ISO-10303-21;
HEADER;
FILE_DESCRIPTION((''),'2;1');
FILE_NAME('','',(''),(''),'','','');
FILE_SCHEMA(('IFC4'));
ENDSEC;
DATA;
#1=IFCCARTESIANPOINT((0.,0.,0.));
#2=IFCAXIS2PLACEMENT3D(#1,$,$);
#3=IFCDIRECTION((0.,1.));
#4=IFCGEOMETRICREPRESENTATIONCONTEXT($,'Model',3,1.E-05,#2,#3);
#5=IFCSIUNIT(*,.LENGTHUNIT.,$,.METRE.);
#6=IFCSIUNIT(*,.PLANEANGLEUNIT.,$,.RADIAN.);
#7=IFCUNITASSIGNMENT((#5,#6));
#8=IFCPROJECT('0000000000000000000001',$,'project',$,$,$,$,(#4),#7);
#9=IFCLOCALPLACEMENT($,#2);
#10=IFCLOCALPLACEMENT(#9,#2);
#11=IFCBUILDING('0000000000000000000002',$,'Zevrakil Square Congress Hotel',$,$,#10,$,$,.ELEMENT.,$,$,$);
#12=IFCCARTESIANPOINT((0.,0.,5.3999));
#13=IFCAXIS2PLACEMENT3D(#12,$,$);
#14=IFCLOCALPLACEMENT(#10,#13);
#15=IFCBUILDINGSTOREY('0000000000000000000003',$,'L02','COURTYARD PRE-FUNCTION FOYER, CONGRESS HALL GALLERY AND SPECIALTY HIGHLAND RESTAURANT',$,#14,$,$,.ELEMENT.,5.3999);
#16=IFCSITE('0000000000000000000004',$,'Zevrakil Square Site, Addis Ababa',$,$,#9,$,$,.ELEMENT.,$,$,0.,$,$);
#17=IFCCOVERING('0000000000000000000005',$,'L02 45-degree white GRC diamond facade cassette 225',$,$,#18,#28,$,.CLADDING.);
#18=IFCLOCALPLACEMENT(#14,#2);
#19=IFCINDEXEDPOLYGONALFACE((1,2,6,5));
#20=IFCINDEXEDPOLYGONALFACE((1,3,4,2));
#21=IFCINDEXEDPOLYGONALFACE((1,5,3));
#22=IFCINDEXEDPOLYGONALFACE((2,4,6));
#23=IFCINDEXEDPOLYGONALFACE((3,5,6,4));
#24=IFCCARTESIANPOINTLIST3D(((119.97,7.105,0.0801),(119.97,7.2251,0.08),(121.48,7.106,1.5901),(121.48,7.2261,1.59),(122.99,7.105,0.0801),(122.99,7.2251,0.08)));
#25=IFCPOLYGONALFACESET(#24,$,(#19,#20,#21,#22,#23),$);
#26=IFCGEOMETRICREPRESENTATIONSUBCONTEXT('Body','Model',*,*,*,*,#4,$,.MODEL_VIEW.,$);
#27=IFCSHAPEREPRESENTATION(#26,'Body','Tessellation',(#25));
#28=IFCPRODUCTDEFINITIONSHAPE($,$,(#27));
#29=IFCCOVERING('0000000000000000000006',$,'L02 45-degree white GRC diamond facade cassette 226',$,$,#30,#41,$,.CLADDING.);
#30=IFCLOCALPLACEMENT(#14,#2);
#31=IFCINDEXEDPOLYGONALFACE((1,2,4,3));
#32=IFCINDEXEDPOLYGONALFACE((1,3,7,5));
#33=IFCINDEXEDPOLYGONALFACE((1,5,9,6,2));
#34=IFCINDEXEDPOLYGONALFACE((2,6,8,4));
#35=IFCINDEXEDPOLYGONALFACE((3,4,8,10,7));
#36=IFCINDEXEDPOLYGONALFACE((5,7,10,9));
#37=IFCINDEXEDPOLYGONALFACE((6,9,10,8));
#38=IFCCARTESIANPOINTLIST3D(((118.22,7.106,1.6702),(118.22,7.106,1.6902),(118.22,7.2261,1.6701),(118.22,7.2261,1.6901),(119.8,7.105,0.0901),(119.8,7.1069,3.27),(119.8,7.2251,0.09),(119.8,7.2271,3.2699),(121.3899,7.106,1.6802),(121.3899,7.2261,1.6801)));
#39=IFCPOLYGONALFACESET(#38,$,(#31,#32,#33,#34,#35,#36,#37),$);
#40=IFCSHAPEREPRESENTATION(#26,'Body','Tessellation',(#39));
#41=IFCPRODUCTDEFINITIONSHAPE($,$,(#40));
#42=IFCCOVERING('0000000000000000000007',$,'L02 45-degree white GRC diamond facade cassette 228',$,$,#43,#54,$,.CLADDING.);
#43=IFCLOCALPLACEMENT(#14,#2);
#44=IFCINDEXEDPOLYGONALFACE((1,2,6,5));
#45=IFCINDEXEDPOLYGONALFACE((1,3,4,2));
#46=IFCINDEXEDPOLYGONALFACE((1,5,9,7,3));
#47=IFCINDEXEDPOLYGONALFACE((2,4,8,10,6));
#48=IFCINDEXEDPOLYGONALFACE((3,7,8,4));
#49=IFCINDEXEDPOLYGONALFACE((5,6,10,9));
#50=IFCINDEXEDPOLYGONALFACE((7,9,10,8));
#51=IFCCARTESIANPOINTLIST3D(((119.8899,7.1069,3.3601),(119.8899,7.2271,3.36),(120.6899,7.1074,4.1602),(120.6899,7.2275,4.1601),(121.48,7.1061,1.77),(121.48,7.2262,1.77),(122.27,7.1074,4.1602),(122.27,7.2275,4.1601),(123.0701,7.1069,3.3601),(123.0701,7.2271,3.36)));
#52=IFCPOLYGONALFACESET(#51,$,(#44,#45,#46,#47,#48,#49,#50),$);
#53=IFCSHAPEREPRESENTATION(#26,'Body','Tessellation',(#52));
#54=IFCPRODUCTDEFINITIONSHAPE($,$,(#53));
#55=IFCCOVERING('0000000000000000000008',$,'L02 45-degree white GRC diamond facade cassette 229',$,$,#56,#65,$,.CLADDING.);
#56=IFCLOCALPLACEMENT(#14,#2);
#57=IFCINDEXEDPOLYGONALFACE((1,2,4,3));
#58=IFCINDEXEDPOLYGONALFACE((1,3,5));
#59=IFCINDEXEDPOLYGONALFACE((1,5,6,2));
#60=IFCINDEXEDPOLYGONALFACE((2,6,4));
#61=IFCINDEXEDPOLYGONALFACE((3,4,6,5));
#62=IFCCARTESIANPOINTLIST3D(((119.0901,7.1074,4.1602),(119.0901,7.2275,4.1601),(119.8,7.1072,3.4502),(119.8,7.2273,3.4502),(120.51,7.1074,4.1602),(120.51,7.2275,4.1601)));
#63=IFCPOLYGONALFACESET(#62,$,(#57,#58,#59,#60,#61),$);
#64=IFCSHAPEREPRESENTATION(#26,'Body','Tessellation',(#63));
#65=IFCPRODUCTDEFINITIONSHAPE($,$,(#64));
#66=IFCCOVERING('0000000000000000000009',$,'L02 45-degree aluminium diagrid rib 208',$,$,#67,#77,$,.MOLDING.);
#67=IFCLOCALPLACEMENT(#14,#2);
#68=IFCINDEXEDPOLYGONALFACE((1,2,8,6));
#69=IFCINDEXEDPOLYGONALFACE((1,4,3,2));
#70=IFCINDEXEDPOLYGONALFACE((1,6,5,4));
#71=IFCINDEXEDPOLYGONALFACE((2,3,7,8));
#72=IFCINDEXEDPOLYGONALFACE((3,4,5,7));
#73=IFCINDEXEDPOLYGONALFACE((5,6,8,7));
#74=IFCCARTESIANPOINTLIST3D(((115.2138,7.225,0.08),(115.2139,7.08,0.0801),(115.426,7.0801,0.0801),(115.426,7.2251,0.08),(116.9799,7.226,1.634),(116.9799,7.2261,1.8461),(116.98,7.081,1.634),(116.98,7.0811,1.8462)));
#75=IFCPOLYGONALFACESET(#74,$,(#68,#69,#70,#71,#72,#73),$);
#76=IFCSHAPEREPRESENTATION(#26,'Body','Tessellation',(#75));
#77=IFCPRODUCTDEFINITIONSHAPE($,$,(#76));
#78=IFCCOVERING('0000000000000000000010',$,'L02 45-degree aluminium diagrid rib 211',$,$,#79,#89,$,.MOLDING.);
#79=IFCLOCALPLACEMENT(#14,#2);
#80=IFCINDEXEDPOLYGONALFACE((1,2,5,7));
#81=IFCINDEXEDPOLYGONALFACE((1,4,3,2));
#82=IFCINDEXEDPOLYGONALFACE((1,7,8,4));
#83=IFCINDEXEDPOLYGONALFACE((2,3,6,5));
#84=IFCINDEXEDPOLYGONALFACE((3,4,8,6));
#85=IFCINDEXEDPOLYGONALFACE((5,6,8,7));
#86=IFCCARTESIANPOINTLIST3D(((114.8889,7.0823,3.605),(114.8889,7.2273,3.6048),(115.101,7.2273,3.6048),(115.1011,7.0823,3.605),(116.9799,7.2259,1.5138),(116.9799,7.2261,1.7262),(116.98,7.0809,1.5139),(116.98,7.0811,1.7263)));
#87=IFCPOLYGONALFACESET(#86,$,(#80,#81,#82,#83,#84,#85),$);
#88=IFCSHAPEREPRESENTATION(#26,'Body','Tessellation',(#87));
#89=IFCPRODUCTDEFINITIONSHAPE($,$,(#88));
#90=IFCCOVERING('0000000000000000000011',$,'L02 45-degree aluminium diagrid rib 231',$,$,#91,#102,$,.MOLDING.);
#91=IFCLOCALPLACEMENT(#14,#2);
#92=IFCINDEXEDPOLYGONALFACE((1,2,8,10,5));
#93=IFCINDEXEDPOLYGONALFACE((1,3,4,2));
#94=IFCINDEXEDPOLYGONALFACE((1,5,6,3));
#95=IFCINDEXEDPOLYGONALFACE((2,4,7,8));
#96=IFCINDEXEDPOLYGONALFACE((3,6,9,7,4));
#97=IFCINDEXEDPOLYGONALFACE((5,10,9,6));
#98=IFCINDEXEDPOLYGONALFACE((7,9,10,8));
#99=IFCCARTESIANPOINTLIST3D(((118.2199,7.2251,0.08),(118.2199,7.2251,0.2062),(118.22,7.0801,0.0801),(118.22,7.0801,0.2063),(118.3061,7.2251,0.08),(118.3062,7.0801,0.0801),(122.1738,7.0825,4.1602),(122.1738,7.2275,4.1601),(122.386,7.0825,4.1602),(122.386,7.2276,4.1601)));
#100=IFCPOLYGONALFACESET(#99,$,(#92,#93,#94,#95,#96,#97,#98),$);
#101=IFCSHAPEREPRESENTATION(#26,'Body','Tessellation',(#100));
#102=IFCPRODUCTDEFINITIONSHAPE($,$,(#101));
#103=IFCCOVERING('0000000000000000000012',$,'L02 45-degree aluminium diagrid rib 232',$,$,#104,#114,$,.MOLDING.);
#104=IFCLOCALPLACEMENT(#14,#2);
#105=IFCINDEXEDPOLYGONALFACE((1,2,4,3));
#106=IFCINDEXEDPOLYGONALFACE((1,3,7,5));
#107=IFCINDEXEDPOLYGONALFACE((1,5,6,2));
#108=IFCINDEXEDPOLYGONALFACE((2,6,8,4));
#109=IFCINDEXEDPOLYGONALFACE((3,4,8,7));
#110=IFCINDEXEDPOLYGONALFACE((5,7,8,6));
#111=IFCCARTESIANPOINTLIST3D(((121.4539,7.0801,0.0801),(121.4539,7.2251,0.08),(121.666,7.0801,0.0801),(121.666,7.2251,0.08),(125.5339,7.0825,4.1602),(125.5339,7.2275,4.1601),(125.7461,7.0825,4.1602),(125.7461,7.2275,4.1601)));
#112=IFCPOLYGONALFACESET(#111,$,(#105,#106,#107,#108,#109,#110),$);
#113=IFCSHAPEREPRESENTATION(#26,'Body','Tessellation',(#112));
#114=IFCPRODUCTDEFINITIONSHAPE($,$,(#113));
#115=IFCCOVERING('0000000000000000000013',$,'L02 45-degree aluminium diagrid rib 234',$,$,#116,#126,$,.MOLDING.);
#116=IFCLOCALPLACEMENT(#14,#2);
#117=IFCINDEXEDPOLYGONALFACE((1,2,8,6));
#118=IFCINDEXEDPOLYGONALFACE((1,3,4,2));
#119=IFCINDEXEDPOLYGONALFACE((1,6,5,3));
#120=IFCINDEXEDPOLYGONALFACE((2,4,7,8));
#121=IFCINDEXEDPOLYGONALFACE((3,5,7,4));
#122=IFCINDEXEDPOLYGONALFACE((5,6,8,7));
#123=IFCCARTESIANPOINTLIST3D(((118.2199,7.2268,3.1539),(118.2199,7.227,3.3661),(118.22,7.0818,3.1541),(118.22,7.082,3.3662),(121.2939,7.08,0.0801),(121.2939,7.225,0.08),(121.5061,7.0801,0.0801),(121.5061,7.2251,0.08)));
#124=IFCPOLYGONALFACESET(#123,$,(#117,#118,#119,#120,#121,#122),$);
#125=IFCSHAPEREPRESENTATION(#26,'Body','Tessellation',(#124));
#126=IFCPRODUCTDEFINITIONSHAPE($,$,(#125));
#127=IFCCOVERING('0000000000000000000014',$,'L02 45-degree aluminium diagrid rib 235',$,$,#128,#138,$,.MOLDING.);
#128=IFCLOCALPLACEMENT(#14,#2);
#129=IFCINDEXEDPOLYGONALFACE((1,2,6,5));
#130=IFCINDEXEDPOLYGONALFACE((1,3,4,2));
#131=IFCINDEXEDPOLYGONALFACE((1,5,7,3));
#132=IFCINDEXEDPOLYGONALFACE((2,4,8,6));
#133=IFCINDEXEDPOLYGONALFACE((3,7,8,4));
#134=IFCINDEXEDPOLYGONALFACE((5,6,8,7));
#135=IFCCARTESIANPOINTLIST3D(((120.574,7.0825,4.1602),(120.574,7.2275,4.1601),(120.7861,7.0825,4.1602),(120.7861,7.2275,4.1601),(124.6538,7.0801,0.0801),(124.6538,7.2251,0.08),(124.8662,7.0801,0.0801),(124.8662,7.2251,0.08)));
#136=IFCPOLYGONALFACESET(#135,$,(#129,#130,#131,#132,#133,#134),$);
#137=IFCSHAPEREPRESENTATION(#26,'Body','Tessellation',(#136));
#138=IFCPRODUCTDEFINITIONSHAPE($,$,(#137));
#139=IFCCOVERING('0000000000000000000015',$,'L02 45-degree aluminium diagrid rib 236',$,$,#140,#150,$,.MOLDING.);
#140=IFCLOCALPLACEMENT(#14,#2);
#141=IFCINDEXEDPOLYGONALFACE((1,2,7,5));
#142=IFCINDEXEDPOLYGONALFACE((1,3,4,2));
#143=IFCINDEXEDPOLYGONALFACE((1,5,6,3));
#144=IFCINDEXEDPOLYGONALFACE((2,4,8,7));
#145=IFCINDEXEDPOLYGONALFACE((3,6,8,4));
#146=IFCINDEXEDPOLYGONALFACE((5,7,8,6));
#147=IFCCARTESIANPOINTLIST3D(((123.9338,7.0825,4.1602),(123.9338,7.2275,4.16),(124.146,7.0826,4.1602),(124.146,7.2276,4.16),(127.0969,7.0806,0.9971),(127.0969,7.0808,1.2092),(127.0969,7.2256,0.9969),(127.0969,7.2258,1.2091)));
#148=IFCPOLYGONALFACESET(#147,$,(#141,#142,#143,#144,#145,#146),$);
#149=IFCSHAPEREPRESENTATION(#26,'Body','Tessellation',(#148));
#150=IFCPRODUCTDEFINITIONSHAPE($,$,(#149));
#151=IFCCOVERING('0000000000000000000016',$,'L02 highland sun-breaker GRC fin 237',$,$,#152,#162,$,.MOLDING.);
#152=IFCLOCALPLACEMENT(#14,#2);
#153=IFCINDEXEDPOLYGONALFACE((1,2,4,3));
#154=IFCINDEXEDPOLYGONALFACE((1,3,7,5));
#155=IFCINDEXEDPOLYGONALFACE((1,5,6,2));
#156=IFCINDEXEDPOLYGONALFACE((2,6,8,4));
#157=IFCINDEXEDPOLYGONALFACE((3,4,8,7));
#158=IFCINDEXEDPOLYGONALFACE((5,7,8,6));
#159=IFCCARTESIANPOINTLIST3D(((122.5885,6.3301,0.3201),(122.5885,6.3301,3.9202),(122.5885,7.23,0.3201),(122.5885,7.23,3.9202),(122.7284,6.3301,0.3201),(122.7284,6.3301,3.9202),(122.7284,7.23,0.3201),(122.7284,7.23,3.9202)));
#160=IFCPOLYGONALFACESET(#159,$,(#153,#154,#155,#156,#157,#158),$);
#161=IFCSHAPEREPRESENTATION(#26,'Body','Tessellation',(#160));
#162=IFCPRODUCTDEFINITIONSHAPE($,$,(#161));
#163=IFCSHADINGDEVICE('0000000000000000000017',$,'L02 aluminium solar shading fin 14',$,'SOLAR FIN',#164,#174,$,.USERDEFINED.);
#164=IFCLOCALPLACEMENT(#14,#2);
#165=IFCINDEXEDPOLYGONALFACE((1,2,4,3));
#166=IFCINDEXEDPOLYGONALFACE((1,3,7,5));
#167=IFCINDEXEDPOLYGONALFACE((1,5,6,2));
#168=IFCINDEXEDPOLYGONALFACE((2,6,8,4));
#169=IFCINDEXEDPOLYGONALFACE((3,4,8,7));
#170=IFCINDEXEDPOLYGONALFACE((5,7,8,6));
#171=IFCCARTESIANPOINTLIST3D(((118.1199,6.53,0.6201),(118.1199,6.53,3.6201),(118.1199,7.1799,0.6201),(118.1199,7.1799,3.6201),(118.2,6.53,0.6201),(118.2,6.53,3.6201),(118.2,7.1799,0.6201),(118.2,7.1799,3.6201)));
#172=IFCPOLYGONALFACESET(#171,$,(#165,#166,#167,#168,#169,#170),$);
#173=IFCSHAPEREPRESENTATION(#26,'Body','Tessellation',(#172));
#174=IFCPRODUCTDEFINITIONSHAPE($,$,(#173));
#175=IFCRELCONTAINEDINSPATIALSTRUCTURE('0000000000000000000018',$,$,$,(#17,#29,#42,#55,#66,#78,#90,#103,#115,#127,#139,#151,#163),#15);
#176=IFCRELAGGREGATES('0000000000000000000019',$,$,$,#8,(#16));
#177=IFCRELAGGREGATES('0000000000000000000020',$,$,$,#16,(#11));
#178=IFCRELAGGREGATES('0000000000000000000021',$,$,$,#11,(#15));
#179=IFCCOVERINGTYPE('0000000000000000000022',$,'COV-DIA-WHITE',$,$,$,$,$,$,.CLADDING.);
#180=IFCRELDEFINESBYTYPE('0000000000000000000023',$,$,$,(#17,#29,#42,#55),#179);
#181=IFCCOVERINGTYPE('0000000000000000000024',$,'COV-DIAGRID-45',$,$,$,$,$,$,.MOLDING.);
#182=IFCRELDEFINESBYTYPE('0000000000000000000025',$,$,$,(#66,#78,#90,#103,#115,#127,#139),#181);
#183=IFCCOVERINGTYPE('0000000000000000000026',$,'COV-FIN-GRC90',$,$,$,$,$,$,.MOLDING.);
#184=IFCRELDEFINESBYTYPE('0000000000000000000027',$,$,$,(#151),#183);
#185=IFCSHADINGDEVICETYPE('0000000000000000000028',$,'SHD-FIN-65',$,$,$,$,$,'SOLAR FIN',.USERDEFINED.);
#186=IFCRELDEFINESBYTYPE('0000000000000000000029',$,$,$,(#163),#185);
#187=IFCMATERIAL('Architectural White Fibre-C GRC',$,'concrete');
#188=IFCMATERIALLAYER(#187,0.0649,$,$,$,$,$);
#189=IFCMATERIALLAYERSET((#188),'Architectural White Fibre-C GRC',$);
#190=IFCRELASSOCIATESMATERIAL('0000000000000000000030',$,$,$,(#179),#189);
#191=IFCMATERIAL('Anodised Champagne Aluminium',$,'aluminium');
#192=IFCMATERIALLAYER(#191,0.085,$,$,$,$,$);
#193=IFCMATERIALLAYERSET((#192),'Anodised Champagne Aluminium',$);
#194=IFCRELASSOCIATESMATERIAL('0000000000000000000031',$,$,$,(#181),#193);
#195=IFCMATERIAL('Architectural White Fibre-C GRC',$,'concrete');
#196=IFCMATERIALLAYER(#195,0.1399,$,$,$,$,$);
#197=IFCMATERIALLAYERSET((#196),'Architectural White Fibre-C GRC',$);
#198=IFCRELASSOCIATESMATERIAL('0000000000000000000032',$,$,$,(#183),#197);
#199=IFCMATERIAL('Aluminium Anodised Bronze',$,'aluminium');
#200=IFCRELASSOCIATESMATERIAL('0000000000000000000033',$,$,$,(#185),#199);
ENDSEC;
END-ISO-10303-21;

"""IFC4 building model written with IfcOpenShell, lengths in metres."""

from ifc_helpers import new_model, si_unit, direction, frame, origin, origin_2d, place, context, subcontext, project, spatial, polyline, rectangle, outline, extrude, material, layer, layer_set, type_object, element, save


model = new_model("IFC4")

# Units and contexts
model_context = context("Model", 3, precision=1e-05, world=origin(), true_north=direction((0.0, 1.0)))
body_context = subcontext(model_context, "Body", "Model", "MODEL_VIEW")
ifc_project = project(units=[si_unit("LENGTHUNIT", "METRE"), si_unit("PLANEANGLEUNIT", "RADIAN")], contexts=[model_context])

# Site, building, storey
site_placement = place(None, origin())
site = spatial("IfcSite", under=ifc_project, at=site_placement, Name="Zevrakil Square Site, Addis Ababa", CompositionType="ELEMENT", RefElevation=0.0)
building_placement = place(site_placement, origin())
building = spatial("IfcBuilding", under=site, at=building_placement, Name="Zevrakil Square Congress Hotel", CompositionType="ELEMENT")
storey_placement = place(building_placement, frame((0.0, 0.0, 5.3999)))
storey = spatial("IfcBuildingStorey", under=building, at=storey_placement, Name="L02", Description="COURTYARD PRE-FUNCTION FOYER, CONGRESS HALL GALLERY AND SPECIALTY HIGHLAND RESTAURANT", CompositionType="ELEMENT", Elevation=5.3999)

# Coverings
ifc_material_1 = material(Name="Architectural White Fibre-C GRC", Category="concrete")
ifc_layer_1 = layer(ifc_material_1, 0.0649)
ifc_layer_set_1 = layer_set([ifc_layer_1], Name="Architectural White Fibre-C GRC")
covering_type_1 = type_object("IfcCoveringType", Name="COV-DIA-WHITE", PredefinedType="CLADDING", material=ifc_layer_set_1)
covering_1_placement = place(storey_placement, frame((121.48, 7.106, 1.5901), z_axis=(0.0, -1.0, 0.000647), x_axis=(0.707107, -0.000457, -0.707107)))
element("IfcCovering", 1, at=covering_1_placement, inside=storey, type_object=covering_type_1, Name="L02 45-degree white GRC diamond facade cassette 225", PredefinedType="CLADDING", context=body_context, shape_type="SweptSolid", body=[
    extrude(outline(polyline([(0.0, 0.0), (2.1355, 0.0), (0.0, -2.1355), (0.0, 0.0)])), origin(), (0.0, 0.0, -1.0), 0.1201),
])
covering_2_placement = place(storey_placement, frame((119.8, 7.1069, 3.27), z_axis=(0.0, -1.0, 0.000612), x_axis=(0.707107, -0.000433, -0.707107)))
element("IfcCovering", 2, at=covering_2_placement, inside=storey, type_object=covering_type_1, Name="L02 45-degree white GRC diamond facade cassette 226", PredefinedType="CLADDING", context=body_context, shape_type="SweptSolid", body=[
    extrude(outline(polyline([(0.0, 0.0), (2.2484, 0.0), (2.2486, -2.2486), (0.014, -2.2486), (-0.0002, -2.2344), (0.0, 0.0)])), origin(), (0.0, 0.0, -1.0), 0.1201),
])
covering_3_placement = place(storey_placement, frame((123.0701, 7.1069, 3.3601), z_axis=(0.0, -1.0, 0.000525), x_axis=(-0.707107, -0.000371, -0.707107)))
element("IfcCovering", 3, at=covering_3_placement, inside=storey, type_object=covering_type_1, Name="L02 45-degree white GRC diamond facade cassette 228", PredefinedType="CLADDING", context=body_context, shape_type="SweptSolid", body=[
    extrude(outline(polyline([(0.0, 0.0), (2.2487, 0.0), (2.2487, -2.2487), (1.1173, -2.2487), (0.0, -1.1314), (0.0, 0.0)])), origin(), (0.0, 0.0, -1.0), 0.1201),
])
covering_4_placement = place(storey_placement, frame((119.8, 7.1072, 3.4502), z_axis=(0.0, -1.0, 0.000344), x_axis=(-0.707107, 0.000243, 0.707107)))
element("IfcCovering", 4, at=covering_4_placement, inside=storey, type_object=covering_type_1, Name="L02 45-degree white GRC diamond facade cassette 229", PredefinedType="CLADDING", context=body_context, shape_type="SweptSolid", body=[
    extrude(outline(polyline([(0.0, 0.0), (1.004, 0.0), (0.0, -1.004), (0.0, 0.0)])), origin(), (0.0, 0.0, -1.0), 0.1201),
])
ifc_material_2 = material(Name="Anodised Champagne Aluminium", Category="aluminium")
ifc_layer_2 = layer(ifc_material_2, 0.085)
ifc_layer_set_2 = layer_set([ifc_layer_2], Name="Anodised Champagne Aluminium")
covering_type_2 = type_object("IfcCoveringType", Name="COV-DIAGRID-45", PredefinedType="MOLDING", material=ifc_layer_set_2)
covering_5_placement = place(storey_placement, frame((115.426, 7.0801, 0.0801), z_axis=(0.000294, -1.0, 0.000294), x_axis=(-1.0, -0.000294, 0.0)))
element("IfcCovering", 5, at=covering_5_placement, inside=storey, type_object=covering_type_2, Name="L02 45-degree aluminium diagrid rib 208", PredefinedType="MOLDING", context=body_context, shape_type="SweptSolid", body=[
    extrude(outline(polyline([(0.0, 0.0), (0.2122, 0.0), (-1.554, -1.7661), (-1.554, -1.554), (0.0, 0.0)])), origin(), (0.0, 0.0, -1.0), 0.145),
])
covering_6_placement = place(storey_placement, frame((114.8889, 7.0823, 3.605), z_axis=(0.000237, -1.0, 0.000913), x_axis=(1.0, 0.000237, 0.0)))
element("IfcCovering", 6, at=covering_6_placement, inside=storey, type_object=covering_type_2, Name="L02 45-degree aluminium diagrid rib 211", PredefinedType="MOLDING", context=body_context, shape_type="SweptSolid", body=[
    extrude(outline(polyline([(0.0, 0.0), (0.2122, 0.0), (2.0911, -1.8787), (2.0911, -2.0911), (0.0, 0.0)])), origin(), (0.0, 0.0, -1.0), 0.145),
])
covering_7_placement = place(storey_placement, frame((118.3062, 7.0801, 0.0801), z_axis=(0.00018, -1.0, 0.000424), x_axis=(-1.0, -0.00018, 0.0)))
element("IfcCovering", 7, at=covering_7_placement, inside=storey, type_object=covering_type_2, Name="L02 45-degree aluminium diagrid rib 231", PredefinedType="MOLDING", context=body_context, shape_type="SweptSolid", body=[
    extrude(outline(polyline([(0.0, 0.0), (0.0862, 0.0), (0.0862, -0.1262), (-3.8677, -4.0801), (-4.0798, -4.0801), (0.0, 0.0)])), origin(), (0.0, 0.0, -1.0), 0.145),
])
covering_8_placement = place(storey_placement, frame((121.666, 7.0801, 0.0801), z_axis=(0.0, -1.0, 0.000598), x_axis=(-1.0, 0.0, 0.0)))
element("IfcCovering", 8, at=covering_8_placement, inside=storey, type_object=covering_type_2, Name="L02 45-degree aluminium diagrid rib 232", PredefinedType="MOLDING", context=body_context, shape_type="SweptSolid", body=[
    extrude(outline(polyline([(0.0, 0.0), (0.2122, 0.0), (-3.8679, -4.0801), (-4.0801, -4.0801), (0.0, 0.0)])), origin(), (0.0, 0.0, -1.0), 0.145),
])
covering_9_placement = place(storey_placement, frame((118.22, 7.0818, 3.1541), z_axis=(0.000287, -1.0, 0.000863), x_axis=(0.0, 0.000863, 1.0)))
element("IfcCovering", 9, at=covering_9_placement, inside=storey, type_object=covering_type_2, Name="L02 45-degree aluminium diagrid rib 234", PredefinedType="MOLDING", context=body_context, shape_type="SweptSolid", body=[
    extrude(outline(polyline([(0.0, 0.0), (0.2122, 0.0), (-3.074, -3.2861), (-3.074, -3.074), (0.0, 0.0)])), origin(), (0.0, 0.0, -1.0), 0.145),
])
covering_10_placement = place(storey_placement, frame((120.574, 7.0825, 4.1602), z_axis=(0.0, -1.0, 0.000598), x_axis=(1.0, 0.0, 0.0)))
element("IfcCovering", 10, at=covering_10_placement, inside=storey, type_object=covering_type_2, Name="L02 45-degree aluminium diagrid rib 235", PredefinedType="MOLDING", context=body_context, shape_type="SweptSolid", body=[
    extrude(outline(polyline([(0.0, 0.0), (0.2122, 0.0), (4.2922, -4.0801), (4.0798, -4.0801), (0.0, 0.0)])), origin(), (0.0, 0.0, -1.0), 0.145),
])
covering_11_placement = place(storey_placement, frame((123.9338, 7.0825, 4.1602), z_axis=(0.000276, -1.0, 0.000875), x_axis=(1.0, 0.000276, 0.0)))
element("IfcCovering", 11, at=covering_11_placement, inside=storey, type_object=covering_type_2, Name="L02 45-degree aluminium diagrid rib 236", PredefinedType="MOLDING", context=body_context, shape_type="SweptSolid", body=[
    extrude(outline(polyline([(0.0, 0.0), (0.2122, 0.0), (3.1631, -2.9509), (3.1631, -3.1631), (0.0, 0.0)])), origin(), (0.0, 0.0, -1.0), 0.145),
])
ifc_material_3 = material(Name="Architectural White Fibre-C GRC", Category="concrete")
ifc_layer_3 = layer(ifc_material_3, 0.1399)
ifc_layer_set_3 = layer_set([ifc_layer_3], Name="Architectural White Fibre-C GRC")
covering_type_3 = type_object("IfcCoveringType", Name="COV-FIN-GRC90", PredefinedType="MOLDING", material=ifc_layer_set_3)
covering_12_placement = place(storey_placement, frame((122.6584, 6.78, 0.3201), z_axis=(0.0, 0.0, 1.0), x_axis=(0.0, -1.0, 0.0)))
element("IfcCovering", 12, at=covering_12_placement, inside=storey, type_object=covering_type_3, Name="L02 highland sun-breaker GRC fin 237", PredefinedType="MOLDING", context=body_context, shape_type="SweptSolid", body=[
    extrude(rectangle(XDim=0.8999, YDim=0.1399, at=origin_2d()), origin(), (0.0, 0.0, 1.0), 3.6001),
])

# Shading device
ifc_material_4 = material(Name="Aluminium Anodised Bronze", Category="aluminium")
shading_device_type = type_object("IfcShadingDeviceType", Name="SHD-FIN-65", ElementType="SOLAR FIN", PredefinedType="USERDEFINED", material=ifc_material_4)
shading_device_placement = place(storey_placement, frame((118.1599, 6.855, 0.6201), z_axis=(0.0, 0.0, 1.0), x_axis=(0.0, -1.0, 0.0)))
element("IfcShadingDevice", 13, at=shading_device_placement, inside=storey, type_object=shading_device_type, Name="L02 aluminium solar shading fin 14", ObjectType="SOLAR FIN", PredefinedType="USERDEFINED", context=body_context, shape_type="SweptSolid", body=[
    extrude(rectangle(XDim=0.6499, YDim=0.0801, at=origin_2d()), origin(), (0.0, 0.0, 1.0), 3.0),
])

save(model, "model.ifc")
